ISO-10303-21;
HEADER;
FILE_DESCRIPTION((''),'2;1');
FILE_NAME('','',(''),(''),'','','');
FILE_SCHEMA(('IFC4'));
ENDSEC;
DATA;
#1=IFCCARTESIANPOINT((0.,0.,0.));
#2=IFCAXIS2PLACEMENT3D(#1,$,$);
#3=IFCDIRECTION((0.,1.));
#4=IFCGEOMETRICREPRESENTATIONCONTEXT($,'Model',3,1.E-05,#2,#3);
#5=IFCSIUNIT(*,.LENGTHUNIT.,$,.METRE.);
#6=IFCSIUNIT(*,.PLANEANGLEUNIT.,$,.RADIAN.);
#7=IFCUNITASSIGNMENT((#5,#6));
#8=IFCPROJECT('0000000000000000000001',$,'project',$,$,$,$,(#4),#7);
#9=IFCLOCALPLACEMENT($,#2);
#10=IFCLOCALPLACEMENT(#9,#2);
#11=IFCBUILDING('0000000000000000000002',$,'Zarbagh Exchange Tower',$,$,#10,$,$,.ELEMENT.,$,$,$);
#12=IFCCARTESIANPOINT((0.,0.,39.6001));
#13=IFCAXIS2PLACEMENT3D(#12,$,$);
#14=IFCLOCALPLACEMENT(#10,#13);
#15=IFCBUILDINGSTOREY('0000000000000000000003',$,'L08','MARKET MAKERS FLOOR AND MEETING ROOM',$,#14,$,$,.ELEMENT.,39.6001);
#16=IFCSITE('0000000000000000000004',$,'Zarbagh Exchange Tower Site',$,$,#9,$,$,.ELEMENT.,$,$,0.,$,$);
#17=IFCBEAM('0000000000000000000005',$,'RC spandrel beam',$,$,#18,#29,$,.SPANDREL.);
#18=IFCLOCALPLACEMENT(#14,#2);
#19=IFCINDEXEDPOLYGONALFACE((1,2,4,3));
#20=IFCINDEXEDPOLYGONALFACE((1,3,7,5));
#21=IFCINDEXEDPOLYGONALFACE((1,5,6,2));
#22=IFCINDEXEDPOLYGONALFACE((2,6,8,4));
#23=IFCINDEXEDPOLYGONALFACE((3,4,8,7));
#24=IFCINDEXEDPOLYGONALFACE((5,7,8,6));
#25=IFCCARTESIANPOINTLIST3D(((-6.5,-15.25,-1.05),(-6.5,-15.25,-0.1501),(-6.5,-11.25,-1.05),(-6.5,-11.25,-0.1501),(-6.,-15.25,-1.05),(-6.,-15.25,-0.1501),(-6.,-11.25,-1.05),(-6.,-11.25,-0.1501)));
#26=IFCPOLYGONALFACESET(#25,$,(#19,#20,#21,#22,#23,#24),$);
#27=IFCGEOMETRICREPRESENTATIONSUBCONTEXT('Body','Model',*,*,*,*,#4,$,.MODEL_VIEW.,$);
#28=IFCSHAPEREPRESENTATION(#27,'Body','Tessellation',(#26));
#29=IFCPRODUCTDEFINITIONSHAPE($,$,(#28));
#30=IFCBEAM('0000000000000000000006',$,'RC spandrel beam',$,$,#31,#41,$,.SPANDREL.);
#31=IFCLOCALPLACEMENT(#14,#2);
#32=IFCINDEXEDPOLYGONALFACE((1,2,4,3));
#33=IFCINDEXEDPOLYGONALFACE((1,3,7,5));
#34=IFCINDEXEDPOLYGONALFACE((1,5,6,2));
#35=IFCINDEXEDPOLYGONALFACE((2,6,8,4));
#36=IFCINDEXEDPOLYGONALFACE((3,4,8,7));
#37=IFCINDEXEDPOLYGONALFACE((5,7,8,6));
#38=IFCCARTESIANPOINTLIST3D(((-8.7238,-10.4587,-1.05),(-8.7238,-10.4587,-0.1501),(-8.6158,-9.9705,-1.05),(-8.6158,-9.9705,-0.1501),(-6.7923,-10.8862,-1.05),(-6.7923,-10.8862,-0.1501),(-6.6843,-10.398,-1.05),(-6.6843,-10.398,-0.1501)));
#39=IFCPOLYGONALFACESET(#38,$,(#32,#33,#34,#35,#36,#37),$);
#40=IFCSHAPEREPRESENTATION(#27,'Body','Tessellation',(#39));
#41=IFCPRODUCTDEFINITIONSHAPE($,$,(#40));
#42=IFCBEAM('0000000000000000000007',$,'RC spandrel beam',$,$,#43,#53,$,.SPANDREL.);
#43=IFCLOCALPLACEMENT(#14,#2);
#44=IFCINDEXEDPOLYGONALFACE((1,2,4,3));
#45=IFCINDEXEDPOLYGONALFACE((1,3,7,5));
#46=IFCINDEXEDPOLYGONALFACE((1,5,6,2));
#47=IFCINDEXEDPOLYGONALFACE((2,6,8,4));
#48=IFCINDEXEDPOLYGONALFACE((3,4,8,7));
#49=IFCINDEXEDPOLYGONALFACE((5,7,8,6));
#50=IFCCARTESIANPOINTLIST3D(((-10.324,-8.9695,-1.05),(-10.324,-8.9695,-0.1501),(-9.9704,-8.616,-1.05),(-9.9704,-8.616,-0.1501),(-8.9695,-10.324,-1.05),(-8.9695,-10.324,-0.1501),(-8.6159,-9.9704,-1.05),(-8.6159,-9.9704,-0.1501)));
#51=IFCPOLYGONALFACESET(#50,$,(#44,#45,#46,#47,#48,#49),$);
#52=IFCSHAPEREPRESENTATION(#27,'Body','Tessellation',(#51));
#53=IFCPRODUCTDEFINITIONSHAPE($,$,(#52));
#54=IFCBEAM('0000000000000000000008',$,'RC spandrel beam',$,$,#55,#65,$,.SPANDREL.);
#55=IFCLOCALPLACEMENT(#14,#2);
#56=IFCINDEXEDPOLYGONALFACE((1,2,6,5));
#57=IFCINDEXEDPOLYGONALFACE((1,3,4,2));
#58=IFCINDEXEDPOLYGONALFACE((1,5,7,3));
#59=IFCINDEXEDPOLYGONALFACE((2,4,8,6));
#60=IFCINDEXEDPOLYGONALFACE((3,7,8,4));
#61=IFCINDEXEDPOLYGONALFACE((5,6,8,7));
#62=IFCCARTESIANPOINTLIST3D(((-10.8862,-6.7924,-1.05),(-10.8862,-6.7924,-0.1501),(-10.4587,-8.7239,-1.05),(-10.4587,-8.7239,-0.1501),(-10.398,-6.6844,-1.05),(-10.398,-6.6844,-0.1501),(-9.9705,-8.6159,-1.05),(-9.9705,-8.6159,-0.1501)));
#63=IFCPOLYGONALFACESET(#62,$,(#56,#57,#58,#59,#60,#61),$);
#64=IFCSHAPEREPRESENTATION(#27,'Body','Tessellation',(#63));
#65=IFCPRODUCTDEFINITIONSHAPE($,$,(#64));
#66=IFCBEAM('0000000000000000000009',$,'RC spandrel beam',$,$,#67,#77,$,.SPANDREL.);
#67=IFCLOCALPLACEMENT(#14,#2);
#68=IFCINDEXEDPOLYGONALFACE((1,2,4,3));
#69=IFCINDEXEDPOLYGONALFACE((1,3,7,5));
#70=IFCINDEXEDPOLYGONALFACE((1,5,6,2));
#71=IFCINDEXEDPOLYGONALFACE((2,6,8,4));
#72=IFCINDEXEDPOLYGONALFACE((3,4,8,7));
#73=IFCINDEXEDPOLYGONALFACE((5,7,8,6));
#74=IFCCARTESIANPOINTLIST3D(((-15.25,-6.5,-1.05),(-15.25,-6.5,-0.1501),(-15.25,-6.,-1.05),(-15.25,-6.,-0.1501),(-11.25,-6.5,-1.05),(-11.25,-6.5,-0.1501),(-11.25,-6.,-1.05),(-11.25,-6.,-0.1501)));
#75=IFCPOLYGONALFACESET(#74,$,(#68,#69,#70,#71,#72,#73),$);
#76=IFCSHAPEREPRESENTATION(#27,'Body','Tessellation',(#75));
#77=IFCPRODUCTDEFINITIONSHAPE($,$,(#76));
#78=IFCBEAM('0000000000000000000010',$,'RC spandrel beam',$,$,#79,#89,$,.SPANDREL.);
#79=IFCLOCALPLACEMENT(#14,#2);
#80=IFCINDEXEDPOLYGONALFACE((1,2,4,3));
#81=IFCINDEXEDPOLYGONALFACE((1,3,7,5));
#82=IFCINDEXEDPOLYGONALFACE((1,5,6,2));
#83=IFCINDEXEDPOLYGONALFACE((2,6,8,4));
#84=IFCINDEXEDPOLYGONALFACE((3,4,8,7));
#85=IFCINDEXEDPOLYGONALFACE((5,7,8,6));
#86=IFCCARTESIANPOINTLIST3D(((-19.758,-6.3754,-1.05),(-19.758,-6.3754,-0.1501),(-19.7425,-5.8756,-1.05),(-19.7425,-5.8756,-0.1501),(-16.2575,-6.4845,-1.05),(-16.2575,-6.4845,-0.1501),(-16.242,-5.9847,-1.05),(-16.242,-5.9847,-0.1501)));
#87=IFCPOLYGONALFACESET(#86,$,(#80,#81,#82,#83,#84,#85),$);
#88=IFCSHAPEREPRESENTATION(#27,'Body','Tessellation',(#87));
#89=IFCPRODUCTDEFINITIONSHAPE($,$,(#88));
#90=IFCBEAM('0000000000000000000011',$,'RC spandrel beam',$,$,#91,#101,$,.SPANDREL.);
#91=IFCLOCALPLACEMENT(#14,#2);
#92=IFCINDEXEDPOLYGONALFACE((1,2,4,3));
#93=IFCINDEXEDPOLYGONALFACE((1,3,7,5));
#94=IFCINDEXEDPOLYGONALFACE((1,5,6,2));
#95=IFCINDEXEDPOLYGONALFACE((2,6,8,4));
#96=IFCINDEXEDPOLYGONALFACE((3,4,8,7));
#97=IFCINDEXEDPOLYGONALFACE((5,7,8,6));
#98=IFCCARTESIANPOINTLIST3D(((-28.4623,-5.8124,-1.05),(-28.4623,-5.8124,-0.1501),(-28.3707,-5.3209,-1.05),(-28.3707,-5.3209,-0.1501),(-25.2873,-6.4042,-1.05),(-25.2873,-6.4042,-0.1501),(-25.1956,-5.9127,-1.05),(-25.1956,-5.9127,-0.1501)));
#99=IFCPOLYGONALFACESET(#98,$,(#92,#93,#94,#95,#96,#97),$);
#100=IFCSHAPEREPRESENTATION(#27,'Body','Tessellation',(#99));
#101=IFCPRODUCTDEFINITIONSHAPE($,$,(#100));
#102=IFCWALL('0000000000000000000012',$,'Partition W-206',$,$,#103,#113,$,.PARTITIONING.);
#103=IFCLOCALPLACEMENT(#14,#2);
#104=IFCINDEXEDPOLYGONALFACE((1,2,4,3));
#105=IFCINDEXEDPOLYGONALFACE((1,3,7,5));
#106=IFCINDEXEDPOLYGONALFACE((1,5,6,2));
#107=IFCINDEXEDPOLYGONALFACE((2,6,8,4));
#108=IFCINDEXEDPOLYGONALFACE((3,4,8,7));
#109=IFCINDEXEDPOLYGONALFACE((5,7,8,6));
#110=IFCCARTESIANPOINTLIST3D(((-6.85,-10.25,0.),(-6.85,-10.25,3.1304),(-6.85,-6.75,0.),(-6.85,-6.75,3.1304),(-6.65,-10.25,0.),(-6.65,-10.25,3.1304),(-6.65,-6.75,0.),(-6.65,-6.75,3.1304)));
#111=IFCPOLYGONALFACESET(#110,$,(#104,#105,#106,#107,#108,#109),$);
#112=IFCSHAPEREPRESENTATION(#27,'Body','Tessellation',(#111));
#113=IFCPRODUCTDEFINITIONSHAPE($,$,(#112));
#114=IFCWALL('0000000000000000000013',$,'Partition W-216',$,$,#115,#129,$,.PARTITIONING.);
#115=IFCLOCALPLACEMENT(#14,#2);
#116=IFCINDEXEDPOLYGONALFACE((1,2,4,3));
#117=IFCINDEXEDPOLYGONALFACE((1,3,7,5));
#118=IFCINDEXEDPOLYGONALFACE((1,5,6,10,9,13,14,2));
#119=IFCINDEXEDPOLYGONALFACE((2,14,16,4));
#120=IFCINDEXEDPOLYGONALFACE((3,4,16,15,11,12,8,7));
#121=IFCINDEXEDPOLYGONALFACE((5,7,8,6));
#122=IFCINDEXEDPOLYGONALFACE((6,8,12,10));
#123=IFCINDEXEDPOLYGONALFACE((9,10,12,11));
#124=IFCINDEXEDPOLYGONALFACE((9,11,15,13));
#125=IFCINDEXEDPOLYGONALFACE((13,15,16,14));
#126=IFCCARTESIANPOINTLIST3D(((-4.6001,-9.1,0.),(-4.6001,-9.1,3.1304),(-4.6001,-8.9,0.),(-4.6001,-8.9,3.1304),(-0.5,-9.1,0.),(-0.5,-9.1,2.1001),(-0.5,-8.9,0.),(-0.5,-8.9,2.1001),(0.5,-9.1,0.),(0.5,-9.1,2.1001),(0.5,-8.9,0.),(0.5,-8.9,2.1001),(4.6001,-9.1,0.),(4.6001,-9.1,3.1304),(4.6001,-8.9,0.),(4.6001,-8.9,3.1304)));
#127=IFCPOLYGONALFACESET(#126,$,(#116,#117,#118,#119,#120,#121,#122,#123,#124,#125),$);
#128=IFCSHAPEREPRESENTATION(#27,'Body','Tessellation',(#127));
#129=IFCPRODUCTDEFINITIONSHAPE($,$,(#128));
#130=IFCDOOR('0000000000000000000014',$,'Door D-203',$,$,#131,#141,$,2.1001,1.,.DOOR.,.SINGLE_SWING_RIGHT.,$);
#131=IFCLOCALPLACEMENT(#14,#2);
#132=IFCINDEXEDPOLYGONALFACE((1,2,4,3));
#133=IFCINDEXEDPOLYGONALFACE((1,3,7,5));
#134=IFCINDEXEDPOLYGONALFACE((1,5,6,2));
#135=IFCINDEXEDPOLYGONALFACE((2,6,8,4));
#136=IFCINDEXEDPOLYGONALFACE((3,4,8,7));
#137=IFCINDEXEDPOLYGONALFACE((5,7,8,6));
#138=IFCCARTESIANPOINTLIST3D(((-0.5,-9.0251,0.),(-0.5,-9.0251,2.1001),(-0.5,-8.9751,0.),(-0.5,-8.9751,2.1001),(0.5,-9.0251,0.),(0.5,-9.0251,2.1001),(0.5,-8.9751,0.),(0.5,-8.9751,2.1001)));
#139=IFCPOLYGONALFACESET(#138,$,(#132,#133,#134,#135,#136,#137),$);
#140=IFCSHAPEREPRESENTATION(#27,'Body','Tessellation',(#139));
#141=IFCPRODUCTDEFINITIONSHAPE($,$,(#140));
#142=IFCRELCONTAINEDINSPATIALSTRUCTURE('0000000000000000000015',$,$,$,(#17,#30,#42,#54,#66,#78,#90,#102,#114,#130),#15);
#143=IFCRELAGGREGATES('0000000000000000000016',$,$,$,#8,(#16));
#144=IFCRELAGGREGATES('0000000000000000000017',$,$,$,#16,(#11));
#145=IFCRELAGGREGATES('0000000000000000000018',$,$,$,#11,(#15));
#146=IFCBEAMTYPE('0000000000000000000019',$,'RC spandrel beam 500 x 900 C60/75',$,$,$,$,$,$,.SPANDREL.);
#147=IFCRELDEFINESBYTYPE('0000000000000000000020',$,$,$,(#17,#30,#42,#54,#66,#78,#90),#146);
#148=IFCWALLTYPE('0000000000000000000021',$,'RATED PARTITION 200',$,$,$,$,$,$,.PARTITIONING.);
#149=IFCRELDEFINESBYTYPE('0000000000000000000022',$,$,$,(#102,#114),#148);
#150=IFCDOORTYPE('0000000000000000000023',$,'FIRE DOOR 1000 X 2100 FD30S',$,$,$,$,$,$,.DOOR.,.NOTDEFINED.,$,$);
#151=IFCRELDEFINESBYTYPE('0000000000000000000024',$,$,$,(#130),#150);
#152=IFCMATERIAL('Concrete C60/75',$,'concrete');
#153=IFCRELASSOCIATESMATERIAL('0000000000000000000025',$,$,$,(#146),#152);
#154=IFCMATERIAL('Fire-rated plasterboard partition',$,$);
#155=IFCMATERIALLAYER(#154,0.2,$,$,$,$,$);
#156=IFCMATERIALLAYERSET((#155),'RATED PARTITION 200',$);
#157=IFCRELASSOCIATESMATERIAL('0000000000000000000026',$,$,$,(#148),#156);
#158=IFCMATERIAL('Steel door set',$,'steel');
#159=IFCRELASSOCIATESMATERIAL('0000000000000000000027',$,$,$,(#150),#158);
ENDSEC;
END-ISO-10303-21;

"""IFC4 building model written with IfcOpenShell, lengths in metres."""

from ifc_helpers import new_model, si_unit, direction, frame, frame_2d, origin, origin_2d, place, context, subcontext, project, spatial, rectangle, extrude, material, layer, layer_set, material_profile, profile_set, type_object, element, fill, save


model = new_model("IFC4")

# Units and contexts
model_context = context("Model", 3, precision=1e-05, world=origin(), true_north=direction((0.0, 1.0)))
body_context = subcontext(model_context, "Body", "Model", "MODEL_VIEW")
ifc_project = project(units=[si_unit("LENGTHUNIT", "METRE"), si_unit("PLANEANGLEUNIT", "RADIAN")], contexts=[model_context])

# Site, building, storey
site_placement = place(None, origin())
site = spatial("IfcSite", under=ifc_project, at=site_placement, Name="Zarbagh Exchange Tower Site", CompositionType="ELEMENT", RefElevation=0.0)
building_placement = place(site_placement, origin())
building = spatial("IfcBuilding", under=site, at=building_placement, Name="Zarbagh Exchange Tower", CompositionType="ELEMENT")
storey_placement = place(building_placement, frame((0.0, 0.0, 39.6001)))
storey = spatial("IfcBuildingStorey", under=building, at=storey_placement, Name="L08", Description="MARKET MAKERS FLOOR AND MEETING ROOM", CompositionType="ELEMENT", Elevation=39.6001)

# Shared definitions
ifc_material_1 = material(Name="Concrete C60/75", Category="concrete")

# Beams
ifc_material_profile_1 = material_profile(ifc_material_1, rectangle(XDim=0.5, YDim=0.8999, at=origin_2d()), Name="RC spandrel beam 500 x 900 C60/75")
ifc_profile_set_1 = profile_set([ifc_material_profile_1], Name="Concrete C60/75")
beam_type_1 = type_object("IfcBeamType", Name="RC spandrel beam 500 x 900 C60/75", PredefinedType="SPANDREL", material=ifc_profile_set_1)
beam_1_placement = place(storey_placement, frame((-6.25, -15.25, -0.6001), z_axis=(0.0, 1.0, 0.0), x_axis=(-1.0, 0.0, 0.0)))
element("IfcBeam", 1, at=beam_1_placement, inside=storey, type_object=beam_type_1, Name="RC spandrel beam", PredefinedType="SPANDREL", context=body_context, shape_type="SweptSolid", body=[
    extrude(rectangle(XDim=0.5, YDim=0.8999, at=origin_2d()), origin(), (0.0, 0.0, 1.0), 4.0),
])
beam_2_placement = place(storey_placement, frame((-6.7383, -10.6421, -0.6001), z_axis=(-0.976375, 0.216081, 0.0), x_axis=(-0.216081, -0.976375, 0.0)))
element("IfcBeam", 2, at=beam_2_placement, inside=storey, type_object=beam_type_1, Name="RC spandrel beam", PredefinedType="SPANDREL", context=body_context, shape_type="SweptSolid", body=[
    extrude(rectangle(XDim=0.5, YDim=0.8999, at=origin_2d()), origin(), (0.0, 0.0, 1.0), 1.9783),
])
beam_3_placement = place(storey_placement, frame((-8.7927, -10.1472, -0.6001), z_axis=(-0.707107, 0.707107, 0.0), x_axis=(-0.707107, -0.707107, 0.0)))
element("IfcBeam", 3, at=beam_3_placement, inside=storey, type_object=beam_type_1, Name="RC spandrel beam", PredefinedType="SPANDREL", context=body_context, shape_type="SweptSolid", body=[
    extrude(rectangle(XDim=0.5, YDim=0.8999, at=origin_2d()), origin(), (0.0, 0.0, 1.0), 1.9155),
])
beam_4_placement = place(storey_placement, frame((-10.2146, -8.6699, -0.6001), z_axis=(-0.216081, 0.976375, 0.0), x_axis=(-0.976375, -0.216081, 0.0)))
element("IfcBeam", 4, at=beam_4_placement, inside=storey, type_object=beam_type_1, Name="RC spandrel beam", PredefinedType="SPANDREL", context=body_context, shape_type="SweptSolid", body=[
    extrude(rectangle(XDim=0.5, YDim=0.8999, at=origin_2d()), origin(), (0.0, 0.0, 1.0), 1.9783),
])
beam_5_placement = place(storey_placement, frame((-11.25, -6.25, -0.6001), z_axis=(-1.0, 0.0, 0.0), x_axis=(0.0, -1.0, 0.0)))
element("IfcBeam", 5, at=beam_5_placement, inside=storey, type_object=beam_type_1, Name="RC spandrel beam", PredefinedType="SPANDREL", context=body_context, shape_type="SweptSolid", body=[
    extrude(rectangle(XDim=0.5, YDim=0.8999, at=origin_2d()), origin(), (0.0, 0.0, 1.0), 4.0),
])
beam_6_placement = place(storey_placement, frame((-16.2498, -6.2346, -0.6001), z_axis=(-0.999514, 0.031161, 0.0), x_axis=(-0.031161, -0.999514, 0.0)))
element("IfcBeam", 6, at=beam_6_placement, inside=storey, type_object=beam_type_1, Name="RC spandrel beam", PredefinedType="SPANDREL", context=body_context, shape_type="SweptSolid", body=[
    extrude(rectangle(XDim=0.5, YDim=0.8999, at=origin_2d()), origin(), (0.0, 0.0, 1.0), 3.5022),
])
beam_7_placement = place(storey_placement, frame((-25.2415, -6.1584, -0.6001), z_axis=(-0.983069, 0.183234, 0.0), x_axis=(-0.183234, -0.983069, 0.0)))
element("IfcBeam", 7, at=beam_7_placement, inside=storey, type_object=beam_type_1, Name="RC spandrel beam", PredefinedType="SPANDREL", context=body_context, shape_type="SweptSolid", body=[
    extrude(rectangle(XDim=0.5, YDim=0.8999, at=origin_2d()), origin(), (0.0, 0.0, 1.0), 3.2297),
])

# Wall
ifc_material_2 = material(Name="Fire-rated plasterboard partition")
ifc_layer = layer(ifc_material_2, 0.2)
ifc_layer_set = layer_set([ifc_layer], Name="RATED PARTITION 200")
wall_type = type_object("IfcWallType", Name="RATED PARTITION 200", PredefinedType="PARTITIONING", material=ifc_layer_set)
wall_1_placement = place(storey_placement, frame((-6.75, -10.25, 0.0), z_axis=(0.0, 0.0, 1.0), x_axis=(0.0, 1.0, 0.0)))
element("IfcWall", 8, at=wall_1_placement, inside=storey, type_object=wall_type, Name="Partition W-206", PredefinedType="PARTITIONING", context=body_context, shape_type="SweptSolid", body=[
    extrude(rectangle(XDim=3.5, YDim=0.2, at=frame_2d((1.75, 0.0))), origin(), (0.0, 0.0, 1.0), 3.1304),
])

# Wall, opening, door
wall_2_placement = place(storey_placement, frame((-4.6001, -9.0, 0.0), z_axis=(0.0, 0.0, 1.0), x_axis=(1.0, 0.0, 0.0)))
wall_2 = element("IfcWall", 9, at=wall_2_placement, inside=storey, type_object=wall_type, Name="Partition W-216", PredefinedType="PARTITIONING", context=body_context, shape_type="SweptSolid", body=[
    extrude(rectangle(XDim=9.2002, YDim=0.2, at=frame_2d((4.6001, 0.0))), origin(), (0.0, 0.0, 1.0), 3.1304),
])
opening_placement = place(wall_2_placement, frame((4.1001, 0.0, 0.0)))
opening = element("IfcOpeningElement", 10, at=opening_placement, cuts=wall_2, PredefinedType="OPENING", context=body_context, shape_type="SweptSolid", body=[
    extrude(rectangle(XDim=1.0, YDim=2.1001, at=frame_2d((0.5, 1.05))), frame((0.0, 0.1099, 0.0), z_axis=(0.0, -1.0, 0.0), x_axis=(1.0, 0.0, 0.0)), (0.0, 0.0, 1.0), 0.22),
])
ifc_material_3 = material(Name="Steel door set", Category="steel")
door_type = type_object("IfcDoorType", Name="FIRE DOOR 1000 X 2100 FD30S", OperationType="NOTDEFINED", PredefinedType="DOOR", material=ifc_material_3)
door_placement = place(opening_placement, origin())
door = element("IfcDoor", 11, at=door_placement, inside=storey, type_object=door_type, Name="Door D-203", OperationType="SINGLE_SWING_RIGHT", OverallHeight=2.1001, OverallWidth=1.0, PredefinedType="DOOR", context=body_context, shape_type="SweptSolid", body=[
    extrude(rectangle(XDim=1.0, YDim=2.1001, at=frame_2d((0.5, 1.05))), frame((0.0, 0.0249, 0.0), z_axis=(0.0, -1.0, 0.0), x_axis=(1.0, 0.0, 0.0)), (0.0, 0.0, 1.0), 0.05),
])
fill(opening, door)

save(model, "model.ifc")
